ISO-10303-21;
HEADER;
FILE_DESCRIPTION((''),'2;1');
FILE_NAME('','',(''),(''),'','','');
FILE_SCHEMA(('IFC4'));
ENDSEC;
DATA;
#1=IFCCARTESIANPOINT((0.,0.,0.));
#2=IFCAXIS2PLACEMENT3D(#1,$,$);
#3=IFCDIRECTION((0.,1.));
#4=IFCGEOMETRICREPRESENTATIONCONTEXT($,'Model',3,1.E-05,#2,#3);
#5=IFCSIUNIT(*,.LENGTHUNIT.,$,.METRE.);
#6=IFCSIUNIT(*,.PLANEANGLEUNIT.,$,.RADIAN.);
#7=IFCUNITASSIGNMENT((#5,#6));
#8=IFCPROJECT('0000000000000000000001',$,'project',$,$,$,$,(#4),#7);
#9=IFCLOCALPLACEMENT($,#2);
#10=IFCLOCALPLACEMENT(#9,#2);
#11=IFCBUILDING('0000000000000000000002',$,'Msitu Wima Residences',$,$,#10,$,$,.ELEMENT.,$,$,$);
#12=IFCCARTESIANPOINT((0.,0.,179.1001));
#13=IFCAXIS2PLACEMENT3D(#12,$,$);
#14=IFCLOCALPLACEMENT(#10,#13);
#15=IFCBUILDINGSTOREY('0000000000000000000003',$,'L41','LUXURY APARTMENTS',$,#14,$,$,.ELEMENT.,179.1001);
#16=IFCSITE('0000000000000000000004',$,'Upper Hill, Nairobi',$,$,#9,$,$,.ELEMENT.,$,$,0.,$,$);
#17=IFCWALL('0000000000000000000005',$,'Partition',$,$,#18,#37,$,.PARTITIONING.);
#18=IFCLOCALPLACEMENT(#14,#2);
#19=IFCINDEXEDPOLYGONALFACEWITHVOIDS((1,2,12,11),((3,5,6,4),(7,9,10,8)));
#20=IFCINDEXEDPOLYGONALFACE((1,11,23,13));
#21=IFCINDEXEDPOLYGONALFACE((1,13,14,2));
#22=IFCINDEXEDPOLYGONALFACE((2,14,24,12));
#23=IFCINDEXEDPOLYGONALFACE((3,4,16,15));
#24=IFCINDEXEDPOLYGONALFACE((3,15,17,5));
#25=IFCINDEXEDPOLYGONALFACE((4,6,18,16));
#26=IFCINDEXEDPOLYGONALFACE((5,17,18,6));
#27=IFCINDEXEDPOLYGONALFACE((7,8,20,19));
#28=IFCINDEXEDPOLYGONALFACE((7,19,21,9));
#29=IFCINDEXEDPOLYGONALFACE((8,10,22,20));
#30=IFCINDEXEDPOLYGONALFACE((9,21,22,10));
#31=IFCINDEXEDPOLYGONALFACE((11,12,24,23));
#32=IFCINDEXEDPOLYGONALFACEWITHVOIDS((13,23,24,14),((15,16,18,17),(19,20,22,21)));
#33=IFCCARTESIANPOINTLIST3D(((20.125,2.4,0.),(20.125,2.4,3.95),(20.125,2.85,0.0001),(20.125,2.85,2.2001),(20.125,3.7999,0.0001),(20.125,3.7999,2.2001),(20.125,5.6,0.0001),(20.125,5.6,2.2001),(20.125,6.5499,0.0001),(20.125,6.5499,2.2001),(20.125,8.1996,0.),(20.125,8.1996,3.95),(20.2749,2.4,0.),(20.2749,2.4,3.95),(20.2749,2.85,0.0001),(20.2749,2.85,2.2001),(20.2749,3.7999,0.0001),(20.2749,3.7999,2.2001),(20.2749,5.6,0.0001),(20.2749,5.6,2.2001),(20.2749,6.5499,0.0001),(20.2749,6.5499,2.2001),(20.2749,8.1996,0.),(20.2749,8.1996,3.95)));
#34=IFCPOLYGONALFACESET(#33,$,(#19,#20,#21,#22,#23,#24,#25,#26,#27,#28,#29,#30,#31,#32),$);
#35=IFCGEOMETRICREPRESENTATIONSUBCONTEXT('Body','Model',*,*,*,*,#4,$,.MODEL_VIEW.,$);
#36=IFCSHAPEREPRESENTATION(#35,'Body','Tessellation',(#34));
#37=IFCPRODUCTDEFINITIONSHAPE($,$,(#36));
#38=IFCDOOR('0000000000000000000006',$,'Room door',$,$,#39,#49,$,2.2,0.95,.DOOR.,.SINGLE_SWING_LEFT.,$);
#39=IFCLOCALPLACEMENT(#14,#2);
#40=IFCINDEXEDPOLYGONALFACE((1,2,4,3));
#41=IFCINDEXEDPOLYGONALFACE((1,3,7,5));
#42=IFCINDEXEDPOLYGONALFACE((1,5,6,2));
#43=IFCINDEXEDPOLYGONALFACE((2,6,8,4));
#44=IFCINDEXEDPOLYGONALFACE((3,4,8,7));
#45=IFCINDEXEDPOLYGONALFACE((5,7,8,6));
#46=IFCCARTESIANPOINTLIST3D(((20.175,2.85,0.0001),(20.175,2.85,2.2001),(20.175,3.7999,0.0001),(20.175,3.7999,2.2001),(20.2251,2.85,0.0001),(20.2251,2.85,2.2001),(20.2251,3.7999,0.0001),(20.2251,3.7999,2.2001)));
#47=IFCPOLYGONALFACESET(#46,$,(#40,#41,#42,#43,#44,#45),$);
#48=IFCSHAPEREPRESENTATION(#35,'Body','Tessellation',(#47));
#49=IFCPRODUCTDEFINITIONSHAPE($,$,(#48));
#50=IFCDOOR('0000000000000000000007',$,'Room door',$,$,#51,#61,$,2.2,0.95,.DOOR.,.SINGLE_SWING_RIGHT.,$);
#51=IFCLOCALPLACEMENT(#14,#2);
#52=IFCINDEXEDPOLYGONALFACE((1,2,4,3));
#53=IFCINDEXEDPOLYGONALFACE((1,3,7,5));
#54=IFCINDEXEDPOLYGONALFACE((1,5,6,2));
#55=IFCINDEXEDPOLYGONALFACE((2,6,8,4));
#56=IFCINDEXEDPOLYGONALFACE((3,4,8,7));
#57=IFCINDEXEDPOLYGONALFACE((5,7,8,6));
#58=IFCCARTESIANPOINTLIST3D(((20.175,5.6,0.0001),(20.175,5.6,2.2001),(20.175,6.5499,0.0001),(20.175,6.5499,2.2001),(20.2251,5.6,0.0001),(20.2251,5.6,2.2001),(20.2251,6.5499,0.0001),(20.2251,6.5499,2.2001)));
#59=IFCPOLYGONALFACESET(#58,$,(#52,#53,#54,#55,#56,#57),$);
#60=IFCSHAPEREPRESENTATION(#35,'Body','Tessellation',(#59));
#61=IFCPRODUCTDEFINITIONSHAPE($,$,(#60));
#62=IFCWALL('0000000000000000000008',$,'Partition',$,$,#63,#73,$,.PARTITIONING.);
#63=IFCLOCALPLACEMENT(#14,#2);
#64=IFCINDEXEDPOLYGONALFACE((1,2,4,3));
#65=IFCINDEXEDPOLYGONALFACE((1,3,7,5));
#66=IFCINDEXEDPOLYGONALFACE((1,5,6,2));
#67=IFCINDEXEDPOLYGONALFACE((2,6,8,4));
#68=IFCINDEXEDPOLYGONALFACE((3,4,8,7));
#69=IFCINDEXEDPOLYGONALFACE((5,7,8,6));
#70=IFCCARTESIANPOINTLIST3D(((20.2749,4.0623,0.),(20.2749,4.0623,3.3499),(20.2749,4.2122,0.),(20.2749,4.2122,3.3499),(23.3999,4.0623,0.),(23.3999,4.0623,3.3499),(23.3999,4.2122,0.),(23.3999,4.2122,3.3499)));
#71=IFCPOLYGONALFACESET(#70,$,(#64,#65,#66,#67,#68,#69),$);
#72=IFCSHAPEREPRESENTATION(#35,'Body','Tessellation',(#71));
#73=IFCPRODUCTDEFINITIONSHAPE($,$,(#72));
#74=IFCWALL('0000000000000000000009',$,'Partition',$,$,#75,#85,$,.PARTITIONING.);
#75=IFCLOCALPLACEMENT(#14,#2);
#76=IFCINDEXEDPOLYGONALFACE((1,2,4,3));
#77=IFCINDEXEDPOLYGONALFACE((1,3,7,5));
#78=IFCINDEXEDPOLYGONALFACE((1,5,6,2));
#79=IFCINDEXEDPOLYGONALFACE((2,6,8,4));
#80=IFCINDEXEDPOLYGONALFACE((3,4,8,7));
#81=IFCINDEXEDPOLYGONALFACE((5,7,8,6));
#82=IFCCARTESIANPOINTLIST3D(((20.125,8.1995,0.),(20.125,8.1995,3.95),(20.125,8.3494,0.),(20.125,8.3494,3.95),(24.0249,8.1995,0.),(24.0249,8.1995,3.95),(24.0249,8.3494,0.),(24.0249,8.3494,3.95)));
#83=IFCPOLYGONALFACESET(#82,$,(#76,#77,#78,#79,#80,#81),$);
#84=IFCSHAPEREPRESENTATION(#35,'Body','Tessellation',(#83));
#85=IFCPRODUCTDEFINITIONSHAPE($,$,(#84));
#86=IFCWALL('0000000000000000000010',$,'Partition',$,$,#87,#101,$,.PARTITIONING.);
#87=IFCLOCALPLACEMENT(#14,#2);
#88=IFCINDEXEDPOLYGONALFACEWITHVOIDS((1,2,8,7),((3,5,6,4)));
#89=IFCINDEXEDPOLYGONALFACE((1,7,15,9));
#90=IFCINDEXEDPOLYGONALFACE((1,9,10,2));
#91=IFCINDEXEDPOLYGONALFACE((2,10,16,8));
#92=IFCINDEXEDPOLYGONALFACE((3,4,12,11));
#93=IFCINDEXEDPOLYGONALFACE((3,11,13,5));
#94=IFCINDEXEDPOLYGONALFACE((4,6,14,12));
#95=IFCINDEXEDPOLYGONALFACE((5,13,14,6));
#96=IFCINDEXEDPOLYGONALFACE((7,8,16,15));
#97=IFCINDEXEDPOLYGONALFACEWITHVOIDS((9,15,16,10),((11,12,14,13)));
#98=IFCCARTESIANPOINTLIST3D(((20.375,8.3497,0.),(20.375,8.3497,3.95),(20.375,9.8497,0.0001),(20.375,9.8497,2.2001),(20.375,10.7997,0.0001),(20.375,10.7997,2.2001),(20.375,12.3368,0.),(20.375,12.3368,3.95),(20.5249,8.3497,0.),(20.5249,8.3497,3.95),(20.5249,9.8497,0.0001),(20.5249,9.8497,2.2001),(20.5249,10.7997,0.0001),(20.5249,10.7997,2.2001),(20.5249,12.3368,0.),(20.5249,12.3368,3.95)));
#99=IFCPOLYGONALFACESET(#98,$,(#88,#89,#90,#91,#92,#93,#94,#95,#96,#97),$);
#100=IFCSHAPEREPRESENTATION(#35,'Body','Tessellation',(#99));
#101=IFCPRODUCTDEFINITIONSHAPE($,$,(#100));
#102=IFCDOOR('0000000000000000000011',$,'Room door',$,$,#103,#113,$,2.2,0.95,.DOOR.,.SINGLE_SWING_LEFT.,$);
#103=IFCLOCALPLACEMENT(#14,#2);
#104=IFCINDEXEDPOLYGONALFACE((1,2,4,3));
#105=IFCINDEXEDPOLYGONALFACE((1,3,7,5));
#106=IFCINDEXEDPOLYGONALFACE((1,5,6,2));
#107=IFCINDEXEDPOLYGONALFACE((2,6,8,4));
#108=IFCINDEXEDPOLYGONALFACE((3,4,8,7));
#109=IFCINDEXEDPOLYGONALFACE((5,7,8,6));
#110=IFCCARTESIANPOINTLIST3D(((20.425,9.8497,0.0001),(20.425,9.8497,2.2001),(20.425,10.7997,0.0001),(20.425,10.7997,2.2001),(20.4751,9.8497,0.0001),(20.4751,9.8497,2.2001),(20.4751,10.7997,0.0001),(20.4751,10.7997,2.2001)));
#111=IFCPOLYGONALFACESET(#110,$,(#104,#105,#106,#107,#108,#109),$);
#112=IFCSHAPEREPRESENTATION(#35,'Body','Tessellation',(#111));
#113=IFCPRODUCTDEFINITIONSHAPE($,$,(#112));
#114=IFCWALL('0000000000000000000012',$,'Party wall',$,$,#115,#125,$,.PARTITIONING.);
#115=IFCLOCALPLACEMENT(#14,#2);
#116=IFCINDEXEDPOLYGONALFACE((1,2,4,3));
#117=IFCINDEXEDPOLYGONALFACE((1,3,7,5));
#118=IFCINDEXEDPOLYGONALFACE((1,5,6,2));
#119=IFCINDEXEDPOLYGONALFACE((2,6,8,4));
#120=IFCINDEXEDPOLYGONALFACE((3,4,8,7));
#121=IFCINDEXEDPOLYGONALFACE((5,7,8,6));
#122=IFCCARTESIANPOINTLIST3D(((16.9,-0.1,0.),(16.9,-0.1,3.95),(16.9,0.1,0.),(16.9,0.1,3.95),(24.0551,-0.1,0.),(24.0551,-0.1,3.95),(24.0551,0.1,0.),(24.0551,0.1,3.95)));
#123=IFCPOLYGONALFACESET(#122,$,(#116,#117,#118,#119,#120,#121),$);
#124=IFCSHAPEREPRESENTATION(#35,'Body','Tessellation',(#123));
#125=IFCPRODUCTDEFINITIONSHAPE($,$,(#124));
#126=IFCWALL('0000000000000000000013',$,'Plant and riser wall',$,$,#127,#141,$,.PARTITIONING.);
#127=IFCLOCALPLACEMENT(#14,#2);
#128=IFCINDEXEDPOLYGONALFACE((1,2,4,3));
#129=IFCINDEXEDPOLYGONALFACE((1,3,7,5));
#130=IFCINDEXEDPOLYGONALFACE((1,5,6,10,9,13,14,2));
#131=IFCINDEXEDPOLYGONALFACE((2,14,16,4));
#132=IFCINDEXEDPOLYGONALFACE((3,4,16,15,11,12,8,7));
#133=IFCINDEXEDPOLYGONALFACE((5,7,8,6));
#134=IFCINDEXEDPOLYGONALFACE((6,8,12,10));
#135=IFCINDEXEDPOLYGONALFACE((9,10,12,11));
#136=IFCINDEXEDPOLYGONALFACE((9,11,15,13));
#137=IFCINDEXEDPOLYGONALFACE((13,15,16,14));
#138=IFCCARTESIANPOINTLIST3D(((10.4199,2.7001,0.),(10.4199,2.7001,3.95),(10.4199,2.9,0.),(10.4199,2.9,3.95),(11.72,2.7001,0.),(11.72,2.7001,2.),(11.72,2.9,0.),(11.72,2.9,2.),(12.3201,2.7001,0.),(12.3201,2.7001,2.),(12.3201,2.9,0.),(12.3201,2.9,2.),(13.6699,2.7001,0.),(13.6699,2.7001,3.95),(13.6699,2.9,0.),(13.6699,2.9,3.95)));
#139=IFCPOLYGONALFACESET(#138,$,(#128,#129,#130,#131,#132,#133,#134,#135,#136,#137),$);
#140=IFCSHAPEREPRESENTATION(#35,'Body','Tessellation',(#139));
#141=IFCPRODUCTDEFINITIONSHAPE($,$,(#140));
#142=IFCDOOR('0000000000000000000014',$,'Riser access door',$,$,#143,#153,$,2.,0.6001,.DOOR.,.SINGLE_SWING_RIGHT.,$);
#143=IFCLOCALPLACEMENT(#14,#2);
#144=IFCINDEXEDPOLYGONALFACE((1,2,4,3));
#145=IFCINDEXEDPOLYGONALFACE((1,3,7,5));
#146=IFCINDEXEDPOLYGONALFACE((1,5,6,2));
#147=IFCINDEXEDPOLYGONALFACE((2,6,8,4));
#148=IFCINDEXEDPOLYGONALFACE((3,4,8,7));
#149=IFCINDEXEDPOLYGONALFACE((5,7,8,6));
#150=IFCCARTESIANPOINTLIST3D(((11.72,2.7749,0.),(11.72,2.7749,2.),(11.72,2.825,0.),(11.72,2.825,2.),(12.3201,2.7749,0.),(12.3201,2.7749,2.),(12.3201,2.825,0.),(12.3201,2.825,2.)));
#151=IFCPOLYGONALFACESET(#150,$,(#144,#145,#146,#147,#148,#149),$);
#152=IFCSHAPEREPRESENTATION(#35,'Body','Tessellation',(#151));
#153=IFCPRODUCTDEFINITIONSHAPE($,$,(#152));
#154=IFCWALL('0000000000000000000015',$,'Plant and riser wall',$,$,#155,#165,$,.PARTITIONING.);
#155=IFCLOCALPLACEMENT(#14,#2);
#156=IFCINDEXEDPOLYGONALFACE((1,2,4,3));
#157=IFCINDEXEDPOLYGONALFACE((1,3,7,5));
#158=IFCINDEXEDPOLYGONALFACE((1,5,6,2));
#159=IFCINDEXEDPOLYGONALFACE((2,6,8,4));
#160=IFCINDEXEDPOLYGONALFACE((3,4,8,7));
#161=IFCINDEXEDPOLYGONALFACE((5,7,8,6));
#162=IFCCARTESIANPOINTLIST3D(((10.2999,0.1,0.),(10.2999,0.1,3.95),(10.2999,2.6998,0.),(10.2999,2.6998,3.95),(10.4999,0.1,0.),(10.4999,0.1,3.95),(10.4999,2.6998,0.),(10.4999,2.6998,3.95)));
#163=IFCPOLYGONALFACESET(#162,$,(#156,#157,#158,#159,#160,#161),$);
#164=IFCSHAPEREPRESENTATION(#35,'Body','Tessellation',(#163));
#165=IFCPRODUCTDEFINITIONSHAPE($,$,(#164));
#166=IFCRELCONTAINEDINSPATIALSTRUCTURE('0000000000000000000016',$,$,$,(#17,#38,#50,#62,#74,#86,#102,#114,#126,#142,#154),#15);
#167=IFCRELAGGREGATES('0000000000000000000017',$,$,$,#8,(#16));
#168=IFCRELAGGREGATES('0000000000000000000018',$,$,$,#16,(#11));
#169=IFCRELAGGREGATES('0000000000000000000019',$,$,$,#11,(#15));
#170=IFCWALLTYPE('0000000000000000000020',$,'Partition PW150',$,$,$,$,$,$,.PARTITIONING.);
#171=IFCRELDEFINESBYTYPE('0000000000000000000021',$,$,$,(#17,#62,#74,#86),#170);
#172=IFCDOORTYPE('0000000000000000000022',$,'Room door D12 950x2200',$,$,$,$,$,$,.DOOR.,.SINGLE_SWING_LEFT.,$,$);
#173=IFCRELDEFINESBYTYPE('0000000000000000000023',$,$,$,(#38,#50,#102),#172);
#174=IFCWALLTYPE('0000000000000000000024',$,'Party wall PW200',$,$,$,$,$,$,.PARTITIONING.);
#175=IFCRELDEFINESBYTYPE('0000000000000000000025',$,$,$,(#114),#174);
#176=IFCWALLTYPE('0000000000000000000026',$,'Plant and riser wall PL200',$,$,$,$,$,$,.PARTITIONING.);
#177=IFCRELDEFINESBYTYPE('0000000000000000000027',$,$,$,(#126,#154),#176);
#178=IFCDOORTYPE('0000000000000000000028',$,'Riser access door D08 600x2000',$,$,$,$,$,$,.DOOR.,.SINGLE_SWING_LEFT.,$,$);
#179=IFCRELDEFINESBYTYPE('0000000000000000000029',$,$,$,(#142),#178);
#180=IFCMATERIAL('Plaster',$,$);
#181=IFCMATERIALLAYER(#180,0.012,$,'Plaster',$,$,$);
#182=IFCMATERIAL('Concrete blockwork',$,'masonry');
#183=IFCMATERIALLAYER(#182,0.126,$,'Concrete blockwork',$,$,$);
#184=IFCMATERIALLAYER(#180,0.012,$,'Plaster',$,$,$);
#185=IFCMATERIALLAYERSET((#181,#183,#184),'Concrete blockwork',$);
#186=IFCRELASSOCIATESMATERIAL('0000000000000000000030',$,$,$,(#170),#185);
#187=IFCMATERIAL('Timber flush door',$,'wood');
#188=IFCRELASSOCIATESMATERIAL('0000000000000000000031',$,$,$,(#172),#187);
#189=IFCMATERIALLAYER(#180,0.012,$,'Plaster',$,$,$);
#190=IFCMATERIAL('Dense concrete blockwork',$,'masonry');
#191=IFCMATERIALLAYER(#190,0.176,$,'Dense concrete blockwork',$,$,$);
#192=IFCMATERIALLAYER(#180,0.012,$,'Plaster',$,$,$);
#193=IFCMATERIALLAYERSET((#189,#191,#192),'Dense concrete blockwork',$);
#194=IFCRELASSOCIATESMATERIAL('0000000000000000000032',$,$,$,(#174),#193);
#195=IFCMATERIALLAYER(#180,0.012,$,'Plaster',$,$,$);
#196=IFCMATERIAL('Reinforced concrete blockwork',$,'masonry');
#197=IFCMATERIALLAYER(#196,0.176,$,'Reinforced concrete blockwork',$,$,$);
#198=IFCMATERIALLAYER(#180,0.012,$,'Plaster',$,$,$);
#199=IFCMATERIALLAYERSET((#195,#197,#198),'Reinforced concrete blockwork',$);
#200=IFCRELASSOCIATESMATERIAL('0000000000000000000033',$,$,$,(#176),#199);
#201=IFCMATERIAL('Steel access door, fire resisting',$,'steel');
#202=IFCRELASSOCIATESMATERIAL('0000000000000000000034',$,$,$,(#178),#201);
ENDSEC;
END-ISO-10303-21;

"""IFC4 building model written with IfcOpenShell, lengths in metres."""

from ifc_helpers import new_model, si_unit, direction, frame, frame_2d, origin, place, context, subcontext, project, spatial, rectangle, extrude, material, layer, layer_set, type_object, element, fill, save


model = new_model("IFC4")

# Units and contexts
model_context = context("Model", 3, precision=1e-05, world=origin(), true_north=direction((0.0, 1.0)))
body_context = subcontext(model_context, "Body", "Model", "MODEL_VIEW")
ifc_project = project(units=[si_unit("LENGTHUNIT", "METRE"), si_unit("PLANEANGLEUNIT", "RADIAN")], contexts=[model_context])

# Site, building, storey
site_placement = place(None, origin())
site = spatial("IfcSite", under=ifc_project, at=site_placement, Name="Upper Hill, Nairobi", CompositionType="ELEMENT", RefElevation=0.0)
building_placement = place(site_placement, origin())
building = spatial("IfcBuilding", under=site, at=building_placement, Name="Msitu Wima Residences", CompositionType="ELEMENT")
storey_placement = place(building_placement, frame((0.0, 0.0, 179.1001)))
storey = spatial("IfcBuildingStorey", under=building, at=storey_placement, Name="L41", Description="LUXURY APARTMENTS", CompositionType="ELEMENT", Elevation=179.1001)

# Shared definitions
ifc_material_1 = material(Name="Plaster")
ifc_layer_1 = layer(ifc_material_1, 0.012, Name="Plaster")
ifc_material_2 = material(Name="Concrete blockwork", Category="masonry")
ifc_layer_2 = layer(ifc_material_2, 0.126, Name="Concrete blockwork")
ifc_layer_3 = layer(ifc_material_1, 0.012, Name="Plaster")
ifc_layer_set_1 = layer_set([ifc_layer_1, ifc_layer_2, ifc_layer_3], Name="Concrete blockwork")
wall_type_1 = type_object("IfcWallType", Name="Partition PW150", PredefinedType="PARTITIONING", material=ifc_layer_set_1)
ifc_material_3 = material(Name="Timber flush door", Category="wood")
door_type_1 = type_object("IfcDoorType", Name="Room door D12 950x2200", OperationType="SINGLE_SWING_LEFT", PredefinedType="DOOR", material=ifc_material_3)

# Wall, openings, doors
wall_1_placement = place(storey_placement, frame((20.2, 2.3999, 0.0), z_axis=(0.0, 0.0, 1.0), x_axis=(0.0, 1.0, 0.0)))
wall_1 = element("IfcWall", 1, at=wall_1_placement, inside=storey, type_object=wall_type_1, Name="Partition", PredefinedType="PARTITIONING", context=body_context, shape_type="SweptSolid", body=[
    extrude(rectangle(XDim=5.7996, YDim=0.1499, at=frame_2d((2.8999, 0.0))), origin(), (0.0, 0.0, 1.0), 3.95),
])
opening_1_placement = place(wall_1_placement, frame((0.45, 0.0, 0.0)))
opening_1 = element("IfcOpeningElement", 2, at=opening_1_placement, cuts=wall_1, PredefinedType="OPENING", context=body_context, shape_type="SweptSolid", body=[
    extrude(rectangle(XDim=0.95, YDim=2.2, at=frame_2d((0.4751, 1.1001))), frame((0.0, 0.085, 0.0), z_axis=(0.0, -1.0, 0.0), x_axis=(1.0, 0.0, 0.0)), (0.0, 0.0, 1.0), 0.1699),
])
opening_2_placement = place(wall_1_placement, frame((3.2, 0.0, 0.0)))
opening_2 = element("IfcOpeningElement", 3, at=opening_2_placement, cuts=wall_1, PredefinedType="OPENING", context=body_context, shape_type="SweptSolid", body=[
    extrude(rectangle(XDim=0.95, YDim=2.2, at=frame_2d((0.4751, 1.1001))), frame((0.0, 0.085, 0.0), z_axis=(0.0, -1.0, 0.0), x_axis=(1.0, 0.0, 0.0)), (0.0, 0.0, 1.0), 0.1699),
])
door_1_placement = place(opening_1_placement, origin())
door_1 = element("IfcDoor", 4, at=door_1_placement, inside=storey, type_object=door_type_1, Name="Room door", OperationType="SINGLE_SWING_LEFT", OverallHeight=2.2, OverallWidth=0.95, PredefinedType="DOOR", context=body_context, shape_type="SweptSolid", body=[
    extrude(rectangle(XDim=0.95, YDim=2.2, at=frame_2d((0.4751, 1.1001))), frame((0.0, 0.0249, 0.0), z_axis=(0.0, -1.0, 0.0), x_axis=(1.0, 0.0, 0.0)), (0.0, 0.0, 1.0), 0.05),
])
fill(opening_1, door_1)
door_2_placement = place(opening_2_placement, origin())
door_2 = element("IfcDoor", 5, at=door_2_placement, inside=storey, type_object=door_type_1, Name="Room door", OperationType="SINGLE_SWING_RIGHT", OverallHeight=2.2, OverallWidth=0.95, PredefinedType="DOOR", context=body_context, shape_type="SweptSolid", body=[
    extrude(rectangle(XDim=0.95, YDim=2.2, at=frame_2d((0.4751, 1.1001))), frame((0.0, 0.0249, 0.0), z_axis=(0.0, -1.0, 0.0), x_axis=(1.0, 0.0, 0.0)), (0.0, 0.0, 1.0), 0.05),
])
fill(opening_2, door_2)

# Walls
wall_2_placement = place(storey_placement, frame((20.2749, 4.1372, 0.0), z_axis=(0.0, 0.0, 1.0), x_axis=(1.0, 0.0, 0.0)))
element("IfcWall", 6, at=wall_2_placement, inside=storey, type_object=wall_type_1, Name="Partition", PredefinedType="PARTITIONING", context=body_context, shape_type="SweptSolid", body=[
    extrude(rectangle(XDim=3.125, YDim=0.1499, at=frame_2d((1.5625, 0.0))), origin(), (0.0, 0.0, 1.0), 3.3499),
])
wall_3_placement = place(storey_placement, frame((20.125, 8.2744, 0.0), z_axis=(0.0, 0.0, 1.0), x_axis=(1.0, 0.0, 0.0)))
element("IfcWall", 7, at=wall_3_placement, inside=storey, type_object=wall_type_1, Name="Partition", PredefinedType="PARTITIONING", context=body_context, shape_type="SweptSolid", body=[
    extrude(rectangle(XDim=3.8999, YDim=0.1499, at=frame_2d((1.95, 0.0))), origin(), (0.0, 0.0, 1.0), 3.95),
])

# Wall, opening, door
wall_4_placement = place(storey_placement, frame((20.45, 8.3496, 0.0), z_axis=(0.0, 0.0, 1.0), x_axis=(0.0, 1.0, 0.0)))
wall_4 = element("IfcWall", 8, at=wall_4_placement, inside=storey, type_object=wall_type_1, Name="Partition", PredefinedType="PARTITIONING", context=body_context, shape_type="SweptSolid", body=[
    extrude(rectangle(XDim=3.9871, YDim=0.1499, at=frame_2d((1.9937, 0.0))), origin(), (0.0, 0.0, 1.0), 3.95),
])
opening_3_placement = place(wall_4_placement, frame((1.5, 0.0, 0.0)))
opening_3 = element("IfcOpeningElement", 9, at=opening_3_placement, cuts=wall_4, PredefinedType="OPENING", context=body_context, shape_type="SweptSolid", body=[
    extrude(rectangle(XDim=0.95, YDim=2.2, at=frame_2d((0.4751, 1.1001))), frame((0.0, 0.085, 0.0), z_axis=(0.0, -1.0, 0.0), x_axis=(1.0, 0.0, 0.0)), (0.0, 0.0, 1.0), 0.1699),
])
door_3_placement = place(opening_3_placement, origin())
door_3 = element("IfcDoor", 10, at=door_3_placement, inside=storey, type_object=door_type_1, Name="Room door", OperationType="SINGLE_SWING_LEFT", OverallHeight=2.2, OverallWidth=0.95, PredefinedType="DOOR", context=body_context, shape_type="SweptSolid", body=[
    extrude(rectangle(XDim=0.95, YDim=2.2, at=frame_2d((0.4751, 1.1001))), frame((0.0, 0.0249, 0.0), z_axis=(0.0, -1.0, 0.0), x_axis=(1.0, 0.0, 0.0)), (0.0, 0.0, 1.0), 0.05),
])
fill(opening_3, door_3)

# Wall
ifc_layer_4 = layer(ifc_material_1, 0.012, Name="Plaster")
ifc_material_4 = material(Name="Dense concrete blockwork", Category="masonry")
ifc_layer_5 = layer(ifc_material_4, 0.176, Name="Dense concrete blockwork")
ifc_layer_6 = layer(ifc_material_1, 0.012, Name="Plaster")
ifc_layer_set_2 = layer_set([ifc_layer_4, ifc_layer_5, ifc_layer_6], Name="Dense concrete blockwork")
wall_type_2 = type_object("IfcWallType", Name="Party wall PW200", PredefinedType="PARTITIONING", material=ifc_layer_set_2)
wall_5_placement = place(storey_placement, frame((16.8999, 0.0, 0.0), z_axis=(0.0, 0.0, 1.0), x_axis=(1.0, 0.0, 0.0)))
element("IfcWall", 11, at=wall_5_placement, inside=storey, type_object=wall_type_2, Name="Party wall", PredefinedType="PARTITIONING", context=body_context, shape_type="SweptSolid", body=[
    extrude(rectangle(XDim=7.155, YDim=0.2, at=frame_2d((3.5776, 0.0))), origin(), (0.0, 0.0, 1.0), 3.95),
])

# Wall, opening, door
ifc_layer_7 = layer(ifc_material_1, 0.012, Name="Plaster")
ifc_material_5 = material(Name="Reinforced concrete blockwork", Category="masonry")
ifc_layer_8 = layer(ifc_material_5, 0.176, Name="Reinforced concrete blockwork")
ifc_layer_9 = layer(ifc_material_1, 0.012, Name="Plaster")
ifc_layer_set_3 = layer_set([ifc_layer_7, ifc_layer_8, ifc_layer_9], Name="Reinforced concrete blockwork")
wall_type_3 = type_object("IfcWallType", Name="Plant and riser wall PL200", PredefinedType="PARTITIONING", material=ifc_layer_set_3)
wall_6_placement = place(storey_placement, frame((10.4199, 2.8, 0.0), z_axis=(0.0, 0.0, 1.0), x_axis=(1.0, 0.0, 0.0)))
wall_6 = element("IfcWall", 12, at=wall_6_placement, inside=storey, type_object=wall_type_3, Name="Plant and riser wall", PredefinedType="PARTITIONING", context=body_context, shape_type="SweptSolid", body=[
    extrude(rectangle(XDim=3.25, YDim=0.2, at=frame_2d((1.625, 0.0))), origin(), (0.0, 0.0, 1.0), 3.95),
])
opening_4_placement = place(wall_6_placement, frame((1.3, 0.0, 0.0)))
opening_4 = element("IfcOpeningElement", 13, at=opening_4_placement, cuts=wall_6, PredefinedType="OPENING", context=body_context, shape_type="SweptSolid", body=[
    extrude(rectangle(XDim=0.6001, YDim=2.0, at=frame_2d((0.3, 1.0))), frame((0.0, 0.1099, 0.0), z_axis=(0.0, -1.0, 0.0), x_axis=(1.0, 0.0, 0.0)), (0.0, 0.0, 1.0), 0.22),
])
ifc_material_6 = material(Name="Steel access door, fire resisting", Category="steel")
door_type_2 = type_object("IfcDoorType", Name="Riser access door D08 600x2000", OperationType="SINGLE_SWING_LEFT", PredefinedType="DOOR", material=ifc_material_6)
door_4_placement = place(opening_4_placement, origin())
door_4 = element("IfcDoor", 14, at=door_4_placement, inside=storey, type_object=door_type_2, Name="Riser access door", OperationType="SINGLE_SWING_RIGHT", OverallHeight=2.0, OverallWidth=0.6001, PredefinedType="DOOR", context=body_context, shape_type="SweptSolid", body=[
    extrude(rectangle(XDim=0.6001, YDim=2.0, at=frame_2d((0.3, 1.0))), frame((0.0, 0.0249, 0.0), z_axis=(0.0, -1.0, 0.0), x_axis=(1.0, 0.0, 0.0)), (0.0, 0.0, 1.0), 0.05),
])
fill(opening_4, door_4)

# Wall
wall_7_placement = place(storey_placement, frame((10.3999, 0.1001, 0.0), z_axis=(0.0, 0.0, 1.0), x_axis=(0.0, 1.0, 0.0)))
element("IfcWall", 15, at=wall_7_placement, inside=storey, type_object=wall_type_3, Name="Plant and riser wall", PredefinedType="PARTITIONING", context=body_context, shape_type="SweptSolid", body=[
    extrude(rectangle(XDim=2.5999, YDim=0.2, at=frame_2d((1.2998, 0.0))), origin(), (0.0, 0.0, 1.0), 3.95),
])

save(model, "model.ifc")
